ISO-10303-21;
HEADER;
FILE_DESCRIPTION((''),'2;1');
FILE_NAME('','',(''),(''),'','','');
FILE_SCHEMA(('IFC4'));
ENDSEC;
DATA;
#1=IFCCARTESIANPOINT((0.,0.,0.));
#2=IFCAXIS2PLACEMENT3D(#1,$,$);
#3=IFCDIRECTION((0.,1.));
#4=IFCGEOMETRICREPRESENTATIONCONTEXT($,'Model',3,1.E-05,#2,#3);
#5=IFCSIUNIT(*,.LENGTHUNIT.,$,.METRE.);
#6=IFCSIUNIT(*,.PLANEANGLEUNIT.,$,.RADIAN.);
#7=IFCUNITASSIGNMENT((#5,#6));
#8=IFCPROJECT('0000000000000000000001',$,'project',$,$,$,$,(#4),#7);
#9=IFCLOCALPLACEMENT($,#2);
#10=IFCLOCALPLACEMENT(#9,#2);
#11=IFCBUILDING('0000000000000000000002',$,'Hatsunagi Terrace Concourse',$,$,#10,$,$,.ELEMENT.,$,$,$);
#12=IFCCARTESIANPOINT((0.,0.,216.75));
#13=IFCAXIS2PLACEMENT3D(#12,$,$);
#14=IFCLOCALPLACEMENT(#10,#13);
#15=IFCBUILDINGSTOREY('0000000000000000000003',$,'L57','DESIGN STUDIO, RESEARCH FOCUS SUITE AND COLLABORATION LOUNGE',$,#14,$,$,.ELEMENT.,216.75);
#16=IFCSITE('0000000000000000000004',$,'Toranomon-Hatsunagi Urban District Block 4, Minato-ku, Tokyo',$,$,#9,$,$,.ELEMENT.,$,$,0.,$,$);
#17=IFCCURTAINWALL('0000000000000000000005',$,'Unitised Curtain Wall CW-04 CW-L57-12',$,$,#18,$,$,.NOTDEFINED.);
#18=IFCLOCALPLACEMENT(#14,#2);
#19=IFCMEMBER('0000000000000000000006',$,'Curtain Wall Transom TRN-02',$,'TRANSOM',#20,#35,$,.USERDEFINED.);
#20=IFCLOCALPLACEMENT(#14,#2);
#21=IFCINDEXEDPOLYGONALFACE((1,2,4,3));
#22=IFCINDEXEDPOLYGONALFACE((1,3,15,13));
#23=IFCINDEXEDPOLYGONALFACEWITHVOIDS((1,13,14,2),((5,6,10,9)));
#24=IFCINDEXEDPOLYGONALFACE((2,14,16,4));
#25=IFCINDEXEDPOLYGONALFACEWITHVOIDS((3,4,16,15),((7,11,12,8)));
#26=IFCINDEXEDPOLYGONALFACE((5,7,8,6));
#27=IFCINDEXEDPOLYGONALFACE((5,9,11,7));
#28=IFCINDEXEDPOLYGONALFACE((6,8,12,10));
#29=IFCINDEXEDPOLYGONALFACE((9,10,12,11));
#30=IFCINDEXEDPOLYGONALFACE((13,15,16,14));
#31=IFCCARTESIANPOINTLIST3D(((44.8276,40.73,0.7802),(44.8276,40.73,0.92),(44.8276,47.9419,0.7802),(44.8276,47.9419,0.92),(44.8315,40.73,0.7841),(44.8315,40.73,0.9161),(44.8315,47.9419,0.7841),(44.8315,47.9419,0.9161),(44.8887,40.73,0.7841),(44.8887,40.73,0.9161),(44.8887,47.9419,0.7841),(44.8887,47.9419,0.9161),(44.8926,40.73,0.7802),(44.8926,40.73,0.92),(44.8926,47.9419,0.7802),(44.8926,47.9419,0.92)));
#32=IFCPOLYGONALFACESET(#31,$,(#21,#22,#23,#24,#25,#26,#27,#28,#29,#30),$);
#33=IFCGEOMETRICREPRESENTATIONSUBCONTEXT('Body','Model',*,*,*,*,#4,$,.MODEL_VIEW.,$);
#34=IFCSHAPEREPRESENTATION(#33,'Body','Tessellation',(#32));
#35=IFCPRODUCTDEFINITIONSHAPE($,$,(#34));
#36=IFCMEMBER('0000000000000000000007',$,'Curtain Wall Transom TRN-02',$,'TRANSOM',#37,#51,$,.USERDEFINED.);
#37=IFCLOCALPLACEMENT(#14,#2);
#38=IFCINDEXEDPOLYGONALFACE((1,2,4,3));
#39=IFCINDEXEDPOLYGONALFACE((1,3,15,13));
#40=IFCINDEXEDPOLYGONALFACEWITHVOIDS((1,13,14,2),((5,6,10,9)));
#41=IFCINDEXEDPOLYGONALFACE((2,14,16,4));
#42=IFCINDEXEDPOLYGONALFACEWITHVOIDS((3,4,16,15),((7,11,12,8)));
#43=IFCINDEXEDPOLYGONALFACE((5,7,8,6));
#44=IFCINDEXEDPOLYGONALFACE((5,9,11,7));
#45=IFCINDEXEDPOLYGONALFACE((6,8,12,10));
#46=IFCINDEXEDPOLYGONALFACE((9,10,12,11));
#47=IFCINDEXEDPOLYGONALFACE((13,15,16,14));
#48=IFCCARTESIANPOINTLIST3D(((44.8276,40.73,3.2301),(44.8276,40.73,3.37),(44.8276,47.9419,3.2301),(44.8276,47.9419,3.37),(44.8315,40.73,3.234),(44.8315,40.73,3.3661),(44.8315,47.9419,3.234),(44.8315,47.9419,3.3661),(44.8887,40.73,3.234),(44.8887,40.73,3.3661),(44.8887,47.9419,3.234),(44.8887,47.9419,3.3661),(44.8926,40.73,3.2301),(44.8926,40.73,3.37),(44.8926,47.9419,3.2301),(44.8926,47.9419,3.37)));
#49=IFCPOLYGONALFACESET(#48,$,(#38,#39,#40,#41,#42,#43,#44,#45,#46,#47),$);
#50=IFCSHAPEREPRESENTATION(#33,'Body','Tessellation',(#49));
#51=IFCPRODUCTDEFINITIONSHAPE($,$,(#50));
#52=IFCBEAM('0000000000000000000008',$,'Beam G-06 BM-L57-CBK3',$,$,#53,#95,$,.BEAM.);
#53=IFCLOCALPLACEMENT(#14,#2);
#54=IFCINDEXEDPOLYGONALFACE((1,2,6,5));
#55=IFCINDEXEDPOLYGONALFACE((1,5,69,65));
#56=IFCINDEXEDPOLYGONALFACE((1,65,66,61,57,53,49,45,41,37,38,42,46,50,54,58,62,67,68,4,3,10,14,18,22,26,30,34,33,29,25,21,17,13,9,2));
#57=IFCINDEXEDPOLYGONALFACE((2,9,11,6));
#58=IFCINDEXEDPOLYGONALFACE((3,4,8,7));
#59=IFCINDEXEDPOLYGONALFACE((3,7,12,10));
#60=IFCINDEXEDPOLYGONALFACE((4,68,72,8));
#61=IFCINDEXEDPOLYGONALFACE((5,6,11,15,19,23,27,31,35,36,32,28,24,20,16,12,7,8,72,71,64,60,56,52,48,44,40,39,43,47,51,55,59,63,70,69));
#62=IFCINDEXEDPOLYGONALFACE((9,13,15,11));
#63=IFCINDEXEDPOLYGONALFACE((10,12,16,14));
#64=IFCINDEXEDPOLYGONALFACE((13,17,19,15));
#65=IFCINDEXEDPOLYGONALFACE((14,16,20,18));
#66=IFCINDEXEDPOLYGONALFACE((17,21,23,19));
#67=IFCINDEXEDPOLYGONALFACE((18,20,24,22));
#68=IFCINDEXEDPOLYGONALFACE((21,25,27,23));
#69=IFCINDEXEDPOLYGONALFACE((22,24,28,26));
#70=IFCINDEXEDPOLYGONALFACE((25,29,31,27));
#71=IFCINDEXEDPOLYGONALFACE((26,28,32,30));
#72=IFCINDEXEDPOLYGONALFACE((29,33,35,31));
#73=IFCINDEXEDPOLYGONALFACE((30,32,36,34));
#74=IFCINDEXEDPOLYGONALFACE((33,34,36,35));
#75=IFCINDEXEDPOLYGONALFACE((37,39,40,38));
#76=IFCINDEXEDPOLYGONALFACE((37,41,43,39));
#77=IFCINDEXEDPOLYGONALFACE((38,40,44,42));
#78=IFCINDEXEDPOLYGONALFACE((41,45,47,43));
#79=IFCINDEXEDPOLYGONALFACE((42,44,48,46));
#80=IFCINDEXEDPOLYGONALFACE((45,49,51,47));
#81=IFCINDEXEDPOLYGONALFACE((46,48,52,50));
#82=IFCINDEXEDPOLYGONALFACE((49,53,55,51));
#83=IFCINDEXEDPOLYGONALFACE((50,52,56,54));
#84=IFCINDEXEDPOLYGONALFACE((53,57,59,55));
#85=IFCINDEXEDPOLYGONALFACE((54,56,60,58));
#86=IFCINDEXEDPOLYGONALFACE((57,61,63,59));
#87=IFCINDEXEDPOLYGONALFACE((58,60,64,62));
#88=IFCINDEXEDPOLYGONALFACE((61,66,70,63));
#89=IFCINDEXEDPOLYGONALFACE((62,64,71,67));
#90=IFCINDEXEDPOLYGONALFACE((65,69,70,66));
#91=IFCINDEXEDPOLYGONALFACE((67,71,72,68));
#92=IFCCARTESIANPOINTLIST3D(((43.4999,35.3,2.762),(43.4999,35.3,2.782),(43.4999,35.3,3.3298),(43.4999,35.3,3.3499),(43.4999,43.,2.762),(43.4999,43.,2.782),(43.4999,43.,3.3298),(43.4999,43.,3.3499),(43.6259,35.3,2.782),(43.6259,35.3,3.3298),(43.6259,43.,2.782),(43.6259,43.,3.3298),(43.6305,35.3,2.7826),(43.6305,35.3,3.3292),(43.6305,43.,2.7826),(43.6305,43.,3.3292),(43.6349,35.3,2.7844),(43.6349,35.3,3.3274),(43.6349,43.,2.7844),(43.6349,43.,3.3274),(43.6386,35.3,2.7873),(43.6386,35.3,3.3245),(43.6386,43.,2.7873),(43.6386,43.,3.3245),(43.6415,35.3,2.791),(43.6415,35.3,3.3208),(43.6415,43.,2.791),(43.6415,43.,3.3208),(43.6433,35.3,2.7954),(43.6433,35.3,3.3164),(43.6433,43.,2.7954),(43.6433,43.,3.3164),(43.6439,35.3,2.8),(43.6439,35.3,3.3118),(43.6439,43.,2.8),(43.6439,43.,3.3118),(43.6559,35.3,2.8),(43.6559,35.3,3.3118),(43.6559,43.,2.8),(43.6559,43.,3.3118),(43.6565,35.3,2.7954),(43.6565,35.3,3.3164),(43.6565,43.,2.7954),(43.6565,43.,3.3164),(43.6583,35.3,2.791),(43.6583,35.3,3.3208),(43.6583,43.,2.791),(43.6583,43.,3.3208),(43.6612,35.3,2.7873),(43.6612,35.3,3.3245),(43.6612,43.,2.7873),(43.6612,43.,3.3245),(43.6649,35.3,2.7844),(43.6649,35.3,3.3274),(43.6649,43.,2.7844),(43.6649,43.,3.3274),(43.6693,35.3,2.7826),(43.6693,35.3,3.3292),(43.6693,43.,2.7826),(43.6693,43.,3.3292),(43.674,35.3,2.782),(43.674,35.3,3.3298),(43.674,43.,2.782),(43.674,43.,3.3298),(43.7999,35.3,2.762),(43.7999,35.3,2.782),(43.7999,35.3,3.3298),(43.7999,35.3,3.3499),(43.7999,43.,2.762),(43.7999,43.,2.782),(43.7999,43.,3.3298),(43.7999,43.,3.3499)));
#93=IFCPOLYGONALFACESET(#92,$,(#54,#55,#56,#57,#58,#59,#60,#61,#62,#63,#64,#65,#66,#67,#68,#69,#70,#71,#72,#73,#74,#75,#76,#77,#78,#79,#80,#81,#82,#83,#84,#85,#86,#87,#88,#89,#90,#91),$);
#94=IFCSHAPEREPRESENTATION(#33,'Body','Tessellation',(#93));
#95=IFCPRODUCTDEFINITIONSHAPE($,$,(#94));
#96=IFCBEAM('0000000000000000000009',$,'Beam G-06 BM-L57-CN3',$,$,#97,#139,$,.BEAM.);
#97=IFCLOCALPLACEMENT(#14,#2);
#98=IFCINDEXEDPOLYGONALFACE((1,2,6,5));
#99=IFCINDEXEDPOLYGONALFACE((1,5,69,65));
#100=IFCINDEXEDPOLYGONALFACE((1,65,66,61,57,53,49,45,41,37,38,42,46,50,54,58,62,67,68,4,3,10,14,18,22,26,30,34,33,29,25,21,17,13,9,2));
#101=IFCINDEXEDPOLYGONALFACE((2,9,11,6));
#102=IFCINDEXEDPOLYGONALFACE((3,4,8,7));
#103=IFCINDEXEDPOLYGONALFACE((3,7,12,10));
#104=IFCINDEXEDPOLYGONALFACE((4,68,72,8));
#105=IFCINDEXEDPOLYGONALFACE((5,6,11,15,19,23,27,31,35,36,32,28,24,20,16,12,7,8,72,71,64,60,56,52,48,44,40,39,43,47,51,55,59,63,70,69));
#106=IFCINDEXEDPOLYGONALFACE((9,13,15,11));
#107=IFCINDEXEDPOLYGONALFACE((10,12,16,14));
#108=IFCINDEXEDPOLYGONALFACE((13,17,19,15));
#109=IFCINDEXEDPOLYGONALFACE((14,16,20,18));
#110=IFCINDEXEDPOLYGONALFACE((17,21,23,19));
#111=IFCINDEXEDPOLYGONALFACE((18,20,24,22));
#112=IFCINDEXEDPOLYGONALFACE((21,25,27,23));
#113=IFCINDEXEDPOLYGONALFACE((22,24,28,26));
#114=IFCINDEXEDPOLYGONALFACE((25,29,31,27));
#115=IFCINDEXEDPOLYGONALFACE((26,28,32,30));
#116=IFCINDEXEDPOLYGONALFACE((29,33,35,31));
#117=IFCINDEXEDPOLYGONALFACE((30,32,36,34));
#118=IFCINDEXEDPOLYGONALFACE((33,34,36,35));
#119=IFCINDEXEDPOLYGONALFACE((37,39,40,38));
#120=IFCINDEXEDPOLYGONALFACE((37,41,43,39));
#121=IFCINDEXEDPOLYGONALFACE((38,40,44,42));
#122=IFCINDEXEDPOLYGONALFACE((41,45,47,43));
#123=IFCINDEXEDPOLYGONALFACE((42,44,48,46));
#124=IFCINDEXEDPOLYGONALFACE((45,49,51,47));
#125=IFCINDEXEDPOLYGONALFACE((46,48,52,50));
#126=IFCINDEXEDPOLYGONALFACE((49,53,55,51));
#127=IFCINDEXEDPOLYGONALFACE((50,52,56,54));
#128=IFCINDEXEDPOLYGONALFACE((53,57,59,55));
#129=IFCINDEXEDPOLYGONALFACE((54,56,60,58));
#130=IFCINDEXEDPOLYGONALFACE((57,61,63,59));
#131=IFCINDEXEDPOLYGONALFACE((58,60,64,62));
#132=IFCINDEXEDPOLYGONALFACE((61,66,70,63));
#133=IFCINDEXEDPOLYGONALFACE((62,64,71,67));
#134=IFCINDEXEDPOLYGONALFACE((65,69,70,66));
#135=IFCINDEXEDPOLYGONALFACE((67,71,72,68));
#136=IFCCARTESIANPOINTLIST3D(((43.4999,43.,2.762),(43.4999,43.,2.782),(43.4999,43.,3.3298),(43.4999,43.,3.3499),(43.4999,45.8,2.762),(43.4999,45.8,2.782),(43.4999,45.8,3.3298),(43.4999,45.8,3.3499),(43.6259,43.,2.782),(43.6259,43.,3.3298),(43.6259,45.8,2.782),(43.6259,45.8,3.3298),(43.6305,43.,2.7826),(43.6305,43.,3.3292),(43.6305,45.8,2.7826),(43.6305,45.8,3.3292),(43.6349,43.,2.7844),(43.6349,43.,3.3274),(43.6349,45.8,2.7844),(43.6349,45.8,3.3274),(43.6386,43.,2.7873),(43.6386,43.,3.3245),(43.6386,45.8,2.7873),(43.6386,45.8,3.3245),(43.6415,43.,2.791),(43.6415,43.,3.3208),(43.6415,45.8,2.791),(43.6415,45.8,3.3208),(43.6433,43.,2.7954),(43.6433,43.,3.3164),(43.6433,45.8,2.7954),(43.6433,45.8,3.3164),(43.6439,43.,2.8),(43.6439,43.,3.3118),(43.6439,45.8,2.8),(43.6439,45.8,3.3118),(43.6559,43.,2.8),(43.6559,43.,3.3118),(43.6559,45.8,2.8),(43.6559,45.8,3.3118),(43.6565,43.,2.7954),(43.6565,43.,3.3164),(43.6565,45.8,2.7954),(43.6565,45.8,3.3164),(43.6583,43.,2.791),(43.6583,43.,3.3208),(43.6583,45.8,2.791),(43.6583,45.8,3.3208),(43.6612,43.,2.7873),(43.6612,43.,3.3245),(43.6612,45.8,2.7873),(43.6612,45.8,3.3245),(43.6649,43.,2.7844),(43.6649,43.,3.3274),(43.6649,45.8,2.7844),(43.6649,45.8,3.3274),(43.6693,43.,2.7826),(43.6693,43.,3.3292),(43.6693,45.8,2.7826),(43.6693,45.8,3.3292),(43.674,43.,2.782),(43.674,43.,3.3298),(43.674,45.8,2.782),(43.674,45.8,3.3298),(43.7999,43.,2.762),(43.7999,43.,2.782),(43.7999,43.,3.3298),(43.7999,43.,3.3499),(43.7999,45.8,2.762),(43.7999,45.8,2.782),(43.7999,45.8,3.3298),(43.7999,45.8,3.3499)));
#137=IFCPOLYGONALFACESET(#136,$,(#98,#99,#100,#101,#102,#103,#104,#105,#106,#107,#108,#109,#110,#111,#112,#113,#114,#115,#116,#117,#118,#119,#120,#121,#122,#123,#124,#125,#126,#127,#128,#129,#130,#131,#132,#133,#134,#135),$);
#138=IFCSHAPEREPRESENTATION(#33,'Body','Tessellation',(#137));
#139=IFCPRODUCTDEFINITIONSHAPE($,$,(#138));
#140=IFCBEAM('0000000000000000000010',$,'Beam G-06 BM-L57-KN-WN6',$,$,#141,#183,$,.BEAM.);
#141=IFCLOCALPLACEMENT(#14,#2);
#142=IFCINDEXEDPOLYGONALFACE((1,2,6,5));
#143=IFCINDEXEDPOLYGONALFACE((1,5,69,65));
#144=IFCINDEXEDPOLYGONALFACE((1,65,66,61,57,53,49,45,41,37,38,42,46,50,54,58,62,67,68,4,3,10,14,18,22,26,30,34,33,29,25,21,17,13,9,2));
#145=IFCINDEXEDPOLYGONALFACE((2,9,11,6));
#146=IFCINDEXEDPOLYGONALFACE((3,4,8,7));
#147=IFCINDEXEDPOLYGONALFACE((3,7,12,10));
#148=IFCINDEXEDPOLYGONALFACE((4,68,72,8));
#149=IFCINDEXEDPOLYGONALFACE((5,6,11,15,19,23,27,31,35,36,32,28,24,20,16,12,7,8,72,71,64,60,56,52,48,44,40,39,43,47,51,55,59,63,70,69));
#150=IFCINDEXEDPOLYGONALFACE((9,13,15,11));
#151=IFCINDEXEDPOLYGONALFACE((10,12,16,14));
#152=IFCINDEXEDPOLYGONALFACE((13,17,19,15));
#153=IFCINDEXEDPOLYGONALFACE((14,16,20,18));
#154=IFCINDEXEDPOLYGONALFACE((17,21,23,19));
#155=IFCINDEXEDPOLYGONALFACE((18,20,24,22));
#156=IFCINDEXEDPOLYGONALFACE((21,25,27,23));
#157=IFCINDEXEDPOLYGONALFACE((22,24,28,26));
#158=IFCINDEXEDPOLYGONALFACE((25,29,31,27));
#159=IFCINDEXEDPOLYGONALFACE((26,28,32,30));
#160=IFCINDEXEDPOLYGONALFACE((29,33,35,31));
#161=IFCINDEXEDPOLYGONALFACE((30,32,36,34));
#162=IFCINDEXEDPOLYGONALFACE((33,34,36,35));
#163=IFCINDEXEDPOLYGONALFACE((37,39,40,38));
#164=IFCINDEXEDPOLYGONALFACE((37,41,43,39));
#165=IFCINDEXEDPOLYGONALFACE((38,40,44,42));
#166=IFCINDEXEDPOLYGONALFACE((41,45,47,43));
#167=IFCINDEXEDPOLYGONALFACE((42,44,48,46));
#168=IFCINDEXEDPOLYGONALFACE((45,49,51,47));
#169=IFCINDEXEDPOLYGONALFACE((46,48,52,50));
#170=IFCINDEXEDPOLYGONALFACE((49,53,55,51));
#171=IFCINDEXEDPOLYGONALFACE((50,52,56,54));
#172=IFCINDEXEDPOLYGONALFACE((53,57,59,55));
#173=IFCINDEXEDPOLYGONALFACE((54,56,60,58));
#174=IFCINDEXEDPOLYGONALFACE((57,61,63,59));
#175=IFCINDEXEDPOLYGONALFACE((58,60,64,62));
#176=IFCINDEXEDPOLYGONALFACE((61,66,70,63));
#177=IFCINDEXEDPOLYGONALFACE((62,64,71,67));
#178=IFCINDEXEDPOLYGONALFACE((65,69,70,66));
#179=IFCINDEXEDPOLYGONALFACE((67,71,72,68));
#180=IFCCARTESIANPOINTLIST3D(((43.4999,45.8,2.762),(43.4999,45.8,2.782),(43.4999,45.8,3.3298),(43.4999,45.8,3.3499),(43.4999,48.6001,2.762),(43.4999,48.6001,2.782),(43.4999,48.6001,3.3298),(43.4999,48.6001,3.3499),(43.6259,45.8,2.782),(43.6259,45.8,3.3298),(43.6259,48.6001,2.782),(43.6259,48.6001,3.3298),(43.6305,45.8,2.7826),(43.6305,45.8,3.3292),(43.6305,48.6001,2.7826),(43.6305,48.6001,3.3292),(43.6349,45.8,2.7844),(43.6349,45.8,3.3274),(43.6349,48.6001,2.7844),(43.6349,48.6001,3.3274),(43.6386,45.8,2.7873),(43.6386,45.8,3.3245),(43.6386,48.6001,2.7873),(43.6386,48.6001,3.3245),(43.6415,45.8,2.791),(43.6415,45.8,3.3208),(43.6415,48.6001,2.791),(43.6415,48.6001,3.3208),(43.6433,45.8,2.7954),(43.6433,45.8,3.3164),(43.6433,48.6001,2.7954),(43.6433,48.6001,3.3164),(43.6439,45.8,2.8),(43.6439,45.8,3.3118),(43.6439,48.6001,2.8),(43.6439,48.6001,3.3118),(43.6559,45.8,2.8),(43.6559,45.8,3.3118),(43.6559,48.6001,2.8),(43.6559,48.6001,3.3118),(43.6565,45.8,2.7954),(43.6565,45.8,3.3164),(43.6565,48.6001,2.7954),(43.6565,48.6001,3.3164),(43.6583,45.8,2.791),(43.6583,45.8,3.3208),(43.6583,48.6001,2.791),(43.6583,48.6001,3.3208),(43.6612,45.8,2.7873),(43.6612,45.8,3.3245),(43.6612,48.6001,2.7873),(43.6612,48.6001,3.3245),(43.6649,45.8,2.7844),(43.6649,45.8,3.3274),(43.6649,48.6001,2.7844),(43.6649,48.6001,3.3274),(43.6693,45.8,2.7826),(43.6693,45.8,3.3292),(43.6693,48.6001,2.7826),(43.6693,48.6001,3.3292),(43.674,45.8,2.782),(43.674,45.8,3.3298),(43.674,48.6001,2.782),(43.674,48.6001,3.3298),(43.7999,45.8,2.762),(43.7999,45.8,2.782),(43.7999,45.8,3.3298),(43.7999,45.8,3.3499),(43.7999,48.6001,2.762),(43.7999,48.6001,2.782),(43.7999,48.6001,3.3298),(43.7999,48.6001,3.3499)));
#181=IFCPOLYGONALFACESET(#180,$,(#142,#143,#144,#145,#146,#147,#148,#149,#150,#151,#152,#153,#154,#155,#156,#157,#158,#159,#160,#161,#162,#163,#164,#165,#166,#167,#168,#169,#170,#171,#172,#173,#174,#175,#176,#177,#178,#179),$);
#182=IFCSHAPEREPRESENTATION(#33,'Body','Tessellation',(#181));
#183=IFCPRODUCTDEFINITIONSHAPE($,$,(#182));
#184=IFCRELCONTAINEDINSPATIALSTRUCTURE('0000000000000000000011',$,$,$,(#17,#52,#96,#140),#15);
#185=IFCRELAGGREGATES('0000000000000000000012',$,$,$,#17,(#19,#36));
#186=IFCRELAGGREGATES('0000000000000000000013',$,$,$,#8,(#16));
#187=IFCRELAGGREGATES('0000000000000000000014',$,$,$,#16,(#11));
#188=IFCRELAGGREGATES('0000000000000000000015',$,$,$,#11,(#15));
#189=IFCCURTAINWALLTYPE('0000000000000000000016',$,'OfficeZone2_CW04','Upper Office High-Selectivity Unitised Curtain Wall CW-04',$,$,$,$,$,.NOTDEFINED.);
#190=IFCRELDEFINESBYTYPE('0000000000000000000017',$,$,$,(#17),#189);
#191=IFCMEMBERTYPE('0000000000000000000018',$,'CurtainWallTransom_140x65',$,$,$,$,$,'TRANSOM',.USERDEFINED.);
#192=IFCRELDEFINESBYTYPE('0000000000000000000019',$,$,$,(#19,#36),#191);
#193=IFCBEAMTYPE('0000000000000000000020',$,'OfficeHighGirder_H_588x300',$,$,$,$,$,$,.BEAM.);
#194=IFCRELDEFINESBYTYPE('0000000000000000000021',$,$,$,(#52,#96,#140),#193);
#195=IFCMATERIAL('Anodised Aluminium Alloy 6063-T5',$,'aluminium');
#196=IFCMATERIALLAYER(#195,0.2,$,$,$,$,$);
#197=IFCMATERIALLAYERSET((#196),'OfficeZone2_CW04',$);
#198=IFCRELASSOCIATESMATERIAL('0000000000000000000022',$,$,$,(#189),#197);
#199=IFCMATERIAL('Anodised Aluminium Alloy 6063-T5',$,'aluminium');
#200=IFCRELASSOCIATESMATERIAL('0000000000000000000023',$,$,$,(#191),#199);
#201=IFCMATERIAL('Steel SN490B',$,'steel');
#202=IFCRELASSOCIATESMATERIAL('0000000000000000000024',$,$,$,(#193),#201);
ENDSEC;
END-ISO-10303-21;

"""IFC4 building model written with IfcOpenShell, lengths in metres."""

from ifc_helpers import new_model, si_unit, direction, frame, origin, origin_2d, place, context, subcontext, project, spatial, hollow_rectangle, i_section, extrude, material, layer, layer_set, material_profile, profile_set, type_object, element, aggregate, save


model = new_model("IFC4")

# Units and contexts
model_context = context("Model", 3, precision=1e-05, world=origin(), true_north=direction((0.0, 1.0)))
body_context = subcontext(model_context, "Body", "Model", "MODEL_VIEW")
ifc_project = project(units=[si_unit("LENGTHUNIT", "METRE"), si_unit("PLANEANGLEUNIT", "RADIAN")], contexts=[model_context])

# Site, building, storey
site_placement = place(None, origin())
site = spatial("IfcSite", under=ifc_project, at=site_placement, Name="Toranomon-Hatsunagi Urban District Block 4, Minato-ku, Tokyo", CompositionType="ELEMENT", RefElevation=0.0)
building_placement = place(site_placement, origin())
building = spatial("IfcBuilding", under=site, at=building_placement, Name="Hatsunagi Terrace Concourse", CompositionType="ELEMENT")
storey_placement = place(building_placement, frame((0.0, 0.0, 216.75)))
storey = spatial("IfcBuildingStorey", under=building, at=storey_placement, Name="L57", Description="DESIGN STUDIO, RESEARCH FOCUS SUITE AND COLLABORATION LOUNGE", CompositionType="ELEMENT", Elevation=216.75)

# Curtain wall
ifc_material_1 = material(Name="Anodised Aluminium Alloy 6063-T5", Category="aluminium")
ifc_layer_1 = layer(ifc_material_1, 0.2)
ifc_layer_set_1 = layer_set([ifc_layer_1], Name="OfficeZone2_CW04")
curtain_wall_type = type_object("IfcCurtainWallType", Name="OfficeZone2_CW04", Description="Upper Office High-Selectivity Unitised Curtain Wall CW-04", PredefinedType="NOTDEFINED", material=ifc_layer_set_1)
curtain_wall_1_placement = place(storey_placement, origin())
curtain_wall_1 = element("IfcCurtainWall", 1, at=curtain_wall_1_placement, inside=storey, type_object=curtain_wall_type, Name="Unitised Curtain Wall CW-04 CW-L57-12", PredefinedType="NOTDEFINED")

# Shared definitions
ifc_material_2 = material(Name="Anodised Aluminium Alloy 6063-T5", Category="aluminium")
ifc_material_profile_1 = material_profile(ifc_material_2, hollow_rectangle(XDim=0.0649, YDim=0.1399, WallThickness=0.0039, at=origin_2d()), Name="ALU-TRN-140x65x4")
ifc_profile_set_1 = profile_set([ifc_material_profile_1], Name="Anodised Aluminium Alloy 6063-T5")
member_type_1 = type_object("IfcMemberType", Name="CurtainWallTransom_140x65", ElementType="TRANSOM", PredefinedType="USERDEFINED", material=ifc_profile_set_1)

# Members
member_1_placement = place(storey_placement, frame((44.8601, 47.9419, 0.8501), z_axis=(0.0, -1.0, 0.0), x_axis=(1.0, 0.0, 0.0)))
member_1 = element("IfcMember", 2, at=member_1_placement, type_object=member_type_1, Name="Curtain Wall Transom TRN-02", ObjectType="TRANSOM", PredefinedType="USERDEFINED", context=body_context, shape_type="SweptSolid", body=[
    extrude(hollow_rectangle(XDim=0.0649, YDim=0.1399, WallThickness=0.0039, at=origin_2d()), origin(), (0.0, 0.0, 1.0), 7.2119),
])
member_2_placement = place(storey_placement, frame((44.8601, 47.9419, 3.3), z_axis=(0.0, -1.0, 0.0), x_axis=(1.0, 0.0, 0.0)))
member_2 = element("IfcMember", 3, at=member_2_placement, type_object=member_type_1, Name="Curtain Wall Transom TRN-02", ObjectType="TRANSOM", PredefinedType="USERDEFINED", context=body_context, shape_type="SweptSolid", body=[
    extrude(hollow_rectangle(XDim=0.0649, YDim=0.1399, WallThickness=0.0039, at=origin_2d()), origin(), (0.0, 0.0, 1.0), 7.2119),
])

# Beams
ifc_material_3 = material(Name="Steel SN490B", Category="steel")
ifc_material_profile_2 = material_profile(ifc_material_3, i_section(OverallWidth=0.3, OverallDepth=0.5879, WebThickness=0.012, FlangeThickness=0.02, FilletRadius=0.0181, at=origin_2d()), Name="H-588x300x12x20")
ifc_profile_set_2 = profile_set([ifc_material_profile_2], Name="Steel SN490B")
beam_type_1 = type_object("IfcBeamType", Name="OfficeHighGirder_H_588x300", PredefinedType="BEAM", material=ifc_profile_set_2)
beam_1_placement = place(storey_placement, frame((43.6499, 35.3, 3.0559), z_axis=(0.0, 1.0, 0.0), x_axis=(-1.0, 0.0, 0.0)))
element("IfcBeam", 4, at=beam_1_placement, inside=storey, type_object=beam_type_1, Name="Beam G-06 BM-L57-CBK3", PredefinedType="BEAM", context=body_context, shape_type="SweptSolid", body=[
    extrude(i_section(OverallWidth=0.3, OverallDepth=0.5879, WebThickness=0.012, FlangeThickness=0.02, FilletRadius=0.0181, at=origin_2d()), origin(), (0.0, 0.0, 1.0), 7.7),
])
for number, where, z_axis, x_axis, name in (
    (5, (43.6499, 43.0, 3.0559), (0.0, 1.0, 0.0), (-1.0, 0.0, 0.0), "Beam G-06 BM-L57-CN3"),
    (6, (43.6499, 45.8, 3.0559), (0.0, 1.0, 0.0), (-1.0, 0.0, 0.0), "Beam G-06 BM-L57-KN-WN6"),
):
    element("IfcBeam", number, at=place(storey_placement, frame(where, z_axis=z_axis, x_axis=x_axis)), inside=storey, type_object=beam_type_1, Name=name, PredefinedType="BEAM", context=body_context, shape_type="SweptSolid", body=[
        extrude(i_section(OverallWidth=0.3, OverallDepth=0.5879, WebThickness=0.012, FlangeThickness=0.02, FilletRadius=0.0181, at=origin_2d()), origin(), (0.0, 0.0, 1.0), 2.8),
    ])

aggregate(curtain_wall_1, [member_1, member_2])

save(model, "model.ifc")
